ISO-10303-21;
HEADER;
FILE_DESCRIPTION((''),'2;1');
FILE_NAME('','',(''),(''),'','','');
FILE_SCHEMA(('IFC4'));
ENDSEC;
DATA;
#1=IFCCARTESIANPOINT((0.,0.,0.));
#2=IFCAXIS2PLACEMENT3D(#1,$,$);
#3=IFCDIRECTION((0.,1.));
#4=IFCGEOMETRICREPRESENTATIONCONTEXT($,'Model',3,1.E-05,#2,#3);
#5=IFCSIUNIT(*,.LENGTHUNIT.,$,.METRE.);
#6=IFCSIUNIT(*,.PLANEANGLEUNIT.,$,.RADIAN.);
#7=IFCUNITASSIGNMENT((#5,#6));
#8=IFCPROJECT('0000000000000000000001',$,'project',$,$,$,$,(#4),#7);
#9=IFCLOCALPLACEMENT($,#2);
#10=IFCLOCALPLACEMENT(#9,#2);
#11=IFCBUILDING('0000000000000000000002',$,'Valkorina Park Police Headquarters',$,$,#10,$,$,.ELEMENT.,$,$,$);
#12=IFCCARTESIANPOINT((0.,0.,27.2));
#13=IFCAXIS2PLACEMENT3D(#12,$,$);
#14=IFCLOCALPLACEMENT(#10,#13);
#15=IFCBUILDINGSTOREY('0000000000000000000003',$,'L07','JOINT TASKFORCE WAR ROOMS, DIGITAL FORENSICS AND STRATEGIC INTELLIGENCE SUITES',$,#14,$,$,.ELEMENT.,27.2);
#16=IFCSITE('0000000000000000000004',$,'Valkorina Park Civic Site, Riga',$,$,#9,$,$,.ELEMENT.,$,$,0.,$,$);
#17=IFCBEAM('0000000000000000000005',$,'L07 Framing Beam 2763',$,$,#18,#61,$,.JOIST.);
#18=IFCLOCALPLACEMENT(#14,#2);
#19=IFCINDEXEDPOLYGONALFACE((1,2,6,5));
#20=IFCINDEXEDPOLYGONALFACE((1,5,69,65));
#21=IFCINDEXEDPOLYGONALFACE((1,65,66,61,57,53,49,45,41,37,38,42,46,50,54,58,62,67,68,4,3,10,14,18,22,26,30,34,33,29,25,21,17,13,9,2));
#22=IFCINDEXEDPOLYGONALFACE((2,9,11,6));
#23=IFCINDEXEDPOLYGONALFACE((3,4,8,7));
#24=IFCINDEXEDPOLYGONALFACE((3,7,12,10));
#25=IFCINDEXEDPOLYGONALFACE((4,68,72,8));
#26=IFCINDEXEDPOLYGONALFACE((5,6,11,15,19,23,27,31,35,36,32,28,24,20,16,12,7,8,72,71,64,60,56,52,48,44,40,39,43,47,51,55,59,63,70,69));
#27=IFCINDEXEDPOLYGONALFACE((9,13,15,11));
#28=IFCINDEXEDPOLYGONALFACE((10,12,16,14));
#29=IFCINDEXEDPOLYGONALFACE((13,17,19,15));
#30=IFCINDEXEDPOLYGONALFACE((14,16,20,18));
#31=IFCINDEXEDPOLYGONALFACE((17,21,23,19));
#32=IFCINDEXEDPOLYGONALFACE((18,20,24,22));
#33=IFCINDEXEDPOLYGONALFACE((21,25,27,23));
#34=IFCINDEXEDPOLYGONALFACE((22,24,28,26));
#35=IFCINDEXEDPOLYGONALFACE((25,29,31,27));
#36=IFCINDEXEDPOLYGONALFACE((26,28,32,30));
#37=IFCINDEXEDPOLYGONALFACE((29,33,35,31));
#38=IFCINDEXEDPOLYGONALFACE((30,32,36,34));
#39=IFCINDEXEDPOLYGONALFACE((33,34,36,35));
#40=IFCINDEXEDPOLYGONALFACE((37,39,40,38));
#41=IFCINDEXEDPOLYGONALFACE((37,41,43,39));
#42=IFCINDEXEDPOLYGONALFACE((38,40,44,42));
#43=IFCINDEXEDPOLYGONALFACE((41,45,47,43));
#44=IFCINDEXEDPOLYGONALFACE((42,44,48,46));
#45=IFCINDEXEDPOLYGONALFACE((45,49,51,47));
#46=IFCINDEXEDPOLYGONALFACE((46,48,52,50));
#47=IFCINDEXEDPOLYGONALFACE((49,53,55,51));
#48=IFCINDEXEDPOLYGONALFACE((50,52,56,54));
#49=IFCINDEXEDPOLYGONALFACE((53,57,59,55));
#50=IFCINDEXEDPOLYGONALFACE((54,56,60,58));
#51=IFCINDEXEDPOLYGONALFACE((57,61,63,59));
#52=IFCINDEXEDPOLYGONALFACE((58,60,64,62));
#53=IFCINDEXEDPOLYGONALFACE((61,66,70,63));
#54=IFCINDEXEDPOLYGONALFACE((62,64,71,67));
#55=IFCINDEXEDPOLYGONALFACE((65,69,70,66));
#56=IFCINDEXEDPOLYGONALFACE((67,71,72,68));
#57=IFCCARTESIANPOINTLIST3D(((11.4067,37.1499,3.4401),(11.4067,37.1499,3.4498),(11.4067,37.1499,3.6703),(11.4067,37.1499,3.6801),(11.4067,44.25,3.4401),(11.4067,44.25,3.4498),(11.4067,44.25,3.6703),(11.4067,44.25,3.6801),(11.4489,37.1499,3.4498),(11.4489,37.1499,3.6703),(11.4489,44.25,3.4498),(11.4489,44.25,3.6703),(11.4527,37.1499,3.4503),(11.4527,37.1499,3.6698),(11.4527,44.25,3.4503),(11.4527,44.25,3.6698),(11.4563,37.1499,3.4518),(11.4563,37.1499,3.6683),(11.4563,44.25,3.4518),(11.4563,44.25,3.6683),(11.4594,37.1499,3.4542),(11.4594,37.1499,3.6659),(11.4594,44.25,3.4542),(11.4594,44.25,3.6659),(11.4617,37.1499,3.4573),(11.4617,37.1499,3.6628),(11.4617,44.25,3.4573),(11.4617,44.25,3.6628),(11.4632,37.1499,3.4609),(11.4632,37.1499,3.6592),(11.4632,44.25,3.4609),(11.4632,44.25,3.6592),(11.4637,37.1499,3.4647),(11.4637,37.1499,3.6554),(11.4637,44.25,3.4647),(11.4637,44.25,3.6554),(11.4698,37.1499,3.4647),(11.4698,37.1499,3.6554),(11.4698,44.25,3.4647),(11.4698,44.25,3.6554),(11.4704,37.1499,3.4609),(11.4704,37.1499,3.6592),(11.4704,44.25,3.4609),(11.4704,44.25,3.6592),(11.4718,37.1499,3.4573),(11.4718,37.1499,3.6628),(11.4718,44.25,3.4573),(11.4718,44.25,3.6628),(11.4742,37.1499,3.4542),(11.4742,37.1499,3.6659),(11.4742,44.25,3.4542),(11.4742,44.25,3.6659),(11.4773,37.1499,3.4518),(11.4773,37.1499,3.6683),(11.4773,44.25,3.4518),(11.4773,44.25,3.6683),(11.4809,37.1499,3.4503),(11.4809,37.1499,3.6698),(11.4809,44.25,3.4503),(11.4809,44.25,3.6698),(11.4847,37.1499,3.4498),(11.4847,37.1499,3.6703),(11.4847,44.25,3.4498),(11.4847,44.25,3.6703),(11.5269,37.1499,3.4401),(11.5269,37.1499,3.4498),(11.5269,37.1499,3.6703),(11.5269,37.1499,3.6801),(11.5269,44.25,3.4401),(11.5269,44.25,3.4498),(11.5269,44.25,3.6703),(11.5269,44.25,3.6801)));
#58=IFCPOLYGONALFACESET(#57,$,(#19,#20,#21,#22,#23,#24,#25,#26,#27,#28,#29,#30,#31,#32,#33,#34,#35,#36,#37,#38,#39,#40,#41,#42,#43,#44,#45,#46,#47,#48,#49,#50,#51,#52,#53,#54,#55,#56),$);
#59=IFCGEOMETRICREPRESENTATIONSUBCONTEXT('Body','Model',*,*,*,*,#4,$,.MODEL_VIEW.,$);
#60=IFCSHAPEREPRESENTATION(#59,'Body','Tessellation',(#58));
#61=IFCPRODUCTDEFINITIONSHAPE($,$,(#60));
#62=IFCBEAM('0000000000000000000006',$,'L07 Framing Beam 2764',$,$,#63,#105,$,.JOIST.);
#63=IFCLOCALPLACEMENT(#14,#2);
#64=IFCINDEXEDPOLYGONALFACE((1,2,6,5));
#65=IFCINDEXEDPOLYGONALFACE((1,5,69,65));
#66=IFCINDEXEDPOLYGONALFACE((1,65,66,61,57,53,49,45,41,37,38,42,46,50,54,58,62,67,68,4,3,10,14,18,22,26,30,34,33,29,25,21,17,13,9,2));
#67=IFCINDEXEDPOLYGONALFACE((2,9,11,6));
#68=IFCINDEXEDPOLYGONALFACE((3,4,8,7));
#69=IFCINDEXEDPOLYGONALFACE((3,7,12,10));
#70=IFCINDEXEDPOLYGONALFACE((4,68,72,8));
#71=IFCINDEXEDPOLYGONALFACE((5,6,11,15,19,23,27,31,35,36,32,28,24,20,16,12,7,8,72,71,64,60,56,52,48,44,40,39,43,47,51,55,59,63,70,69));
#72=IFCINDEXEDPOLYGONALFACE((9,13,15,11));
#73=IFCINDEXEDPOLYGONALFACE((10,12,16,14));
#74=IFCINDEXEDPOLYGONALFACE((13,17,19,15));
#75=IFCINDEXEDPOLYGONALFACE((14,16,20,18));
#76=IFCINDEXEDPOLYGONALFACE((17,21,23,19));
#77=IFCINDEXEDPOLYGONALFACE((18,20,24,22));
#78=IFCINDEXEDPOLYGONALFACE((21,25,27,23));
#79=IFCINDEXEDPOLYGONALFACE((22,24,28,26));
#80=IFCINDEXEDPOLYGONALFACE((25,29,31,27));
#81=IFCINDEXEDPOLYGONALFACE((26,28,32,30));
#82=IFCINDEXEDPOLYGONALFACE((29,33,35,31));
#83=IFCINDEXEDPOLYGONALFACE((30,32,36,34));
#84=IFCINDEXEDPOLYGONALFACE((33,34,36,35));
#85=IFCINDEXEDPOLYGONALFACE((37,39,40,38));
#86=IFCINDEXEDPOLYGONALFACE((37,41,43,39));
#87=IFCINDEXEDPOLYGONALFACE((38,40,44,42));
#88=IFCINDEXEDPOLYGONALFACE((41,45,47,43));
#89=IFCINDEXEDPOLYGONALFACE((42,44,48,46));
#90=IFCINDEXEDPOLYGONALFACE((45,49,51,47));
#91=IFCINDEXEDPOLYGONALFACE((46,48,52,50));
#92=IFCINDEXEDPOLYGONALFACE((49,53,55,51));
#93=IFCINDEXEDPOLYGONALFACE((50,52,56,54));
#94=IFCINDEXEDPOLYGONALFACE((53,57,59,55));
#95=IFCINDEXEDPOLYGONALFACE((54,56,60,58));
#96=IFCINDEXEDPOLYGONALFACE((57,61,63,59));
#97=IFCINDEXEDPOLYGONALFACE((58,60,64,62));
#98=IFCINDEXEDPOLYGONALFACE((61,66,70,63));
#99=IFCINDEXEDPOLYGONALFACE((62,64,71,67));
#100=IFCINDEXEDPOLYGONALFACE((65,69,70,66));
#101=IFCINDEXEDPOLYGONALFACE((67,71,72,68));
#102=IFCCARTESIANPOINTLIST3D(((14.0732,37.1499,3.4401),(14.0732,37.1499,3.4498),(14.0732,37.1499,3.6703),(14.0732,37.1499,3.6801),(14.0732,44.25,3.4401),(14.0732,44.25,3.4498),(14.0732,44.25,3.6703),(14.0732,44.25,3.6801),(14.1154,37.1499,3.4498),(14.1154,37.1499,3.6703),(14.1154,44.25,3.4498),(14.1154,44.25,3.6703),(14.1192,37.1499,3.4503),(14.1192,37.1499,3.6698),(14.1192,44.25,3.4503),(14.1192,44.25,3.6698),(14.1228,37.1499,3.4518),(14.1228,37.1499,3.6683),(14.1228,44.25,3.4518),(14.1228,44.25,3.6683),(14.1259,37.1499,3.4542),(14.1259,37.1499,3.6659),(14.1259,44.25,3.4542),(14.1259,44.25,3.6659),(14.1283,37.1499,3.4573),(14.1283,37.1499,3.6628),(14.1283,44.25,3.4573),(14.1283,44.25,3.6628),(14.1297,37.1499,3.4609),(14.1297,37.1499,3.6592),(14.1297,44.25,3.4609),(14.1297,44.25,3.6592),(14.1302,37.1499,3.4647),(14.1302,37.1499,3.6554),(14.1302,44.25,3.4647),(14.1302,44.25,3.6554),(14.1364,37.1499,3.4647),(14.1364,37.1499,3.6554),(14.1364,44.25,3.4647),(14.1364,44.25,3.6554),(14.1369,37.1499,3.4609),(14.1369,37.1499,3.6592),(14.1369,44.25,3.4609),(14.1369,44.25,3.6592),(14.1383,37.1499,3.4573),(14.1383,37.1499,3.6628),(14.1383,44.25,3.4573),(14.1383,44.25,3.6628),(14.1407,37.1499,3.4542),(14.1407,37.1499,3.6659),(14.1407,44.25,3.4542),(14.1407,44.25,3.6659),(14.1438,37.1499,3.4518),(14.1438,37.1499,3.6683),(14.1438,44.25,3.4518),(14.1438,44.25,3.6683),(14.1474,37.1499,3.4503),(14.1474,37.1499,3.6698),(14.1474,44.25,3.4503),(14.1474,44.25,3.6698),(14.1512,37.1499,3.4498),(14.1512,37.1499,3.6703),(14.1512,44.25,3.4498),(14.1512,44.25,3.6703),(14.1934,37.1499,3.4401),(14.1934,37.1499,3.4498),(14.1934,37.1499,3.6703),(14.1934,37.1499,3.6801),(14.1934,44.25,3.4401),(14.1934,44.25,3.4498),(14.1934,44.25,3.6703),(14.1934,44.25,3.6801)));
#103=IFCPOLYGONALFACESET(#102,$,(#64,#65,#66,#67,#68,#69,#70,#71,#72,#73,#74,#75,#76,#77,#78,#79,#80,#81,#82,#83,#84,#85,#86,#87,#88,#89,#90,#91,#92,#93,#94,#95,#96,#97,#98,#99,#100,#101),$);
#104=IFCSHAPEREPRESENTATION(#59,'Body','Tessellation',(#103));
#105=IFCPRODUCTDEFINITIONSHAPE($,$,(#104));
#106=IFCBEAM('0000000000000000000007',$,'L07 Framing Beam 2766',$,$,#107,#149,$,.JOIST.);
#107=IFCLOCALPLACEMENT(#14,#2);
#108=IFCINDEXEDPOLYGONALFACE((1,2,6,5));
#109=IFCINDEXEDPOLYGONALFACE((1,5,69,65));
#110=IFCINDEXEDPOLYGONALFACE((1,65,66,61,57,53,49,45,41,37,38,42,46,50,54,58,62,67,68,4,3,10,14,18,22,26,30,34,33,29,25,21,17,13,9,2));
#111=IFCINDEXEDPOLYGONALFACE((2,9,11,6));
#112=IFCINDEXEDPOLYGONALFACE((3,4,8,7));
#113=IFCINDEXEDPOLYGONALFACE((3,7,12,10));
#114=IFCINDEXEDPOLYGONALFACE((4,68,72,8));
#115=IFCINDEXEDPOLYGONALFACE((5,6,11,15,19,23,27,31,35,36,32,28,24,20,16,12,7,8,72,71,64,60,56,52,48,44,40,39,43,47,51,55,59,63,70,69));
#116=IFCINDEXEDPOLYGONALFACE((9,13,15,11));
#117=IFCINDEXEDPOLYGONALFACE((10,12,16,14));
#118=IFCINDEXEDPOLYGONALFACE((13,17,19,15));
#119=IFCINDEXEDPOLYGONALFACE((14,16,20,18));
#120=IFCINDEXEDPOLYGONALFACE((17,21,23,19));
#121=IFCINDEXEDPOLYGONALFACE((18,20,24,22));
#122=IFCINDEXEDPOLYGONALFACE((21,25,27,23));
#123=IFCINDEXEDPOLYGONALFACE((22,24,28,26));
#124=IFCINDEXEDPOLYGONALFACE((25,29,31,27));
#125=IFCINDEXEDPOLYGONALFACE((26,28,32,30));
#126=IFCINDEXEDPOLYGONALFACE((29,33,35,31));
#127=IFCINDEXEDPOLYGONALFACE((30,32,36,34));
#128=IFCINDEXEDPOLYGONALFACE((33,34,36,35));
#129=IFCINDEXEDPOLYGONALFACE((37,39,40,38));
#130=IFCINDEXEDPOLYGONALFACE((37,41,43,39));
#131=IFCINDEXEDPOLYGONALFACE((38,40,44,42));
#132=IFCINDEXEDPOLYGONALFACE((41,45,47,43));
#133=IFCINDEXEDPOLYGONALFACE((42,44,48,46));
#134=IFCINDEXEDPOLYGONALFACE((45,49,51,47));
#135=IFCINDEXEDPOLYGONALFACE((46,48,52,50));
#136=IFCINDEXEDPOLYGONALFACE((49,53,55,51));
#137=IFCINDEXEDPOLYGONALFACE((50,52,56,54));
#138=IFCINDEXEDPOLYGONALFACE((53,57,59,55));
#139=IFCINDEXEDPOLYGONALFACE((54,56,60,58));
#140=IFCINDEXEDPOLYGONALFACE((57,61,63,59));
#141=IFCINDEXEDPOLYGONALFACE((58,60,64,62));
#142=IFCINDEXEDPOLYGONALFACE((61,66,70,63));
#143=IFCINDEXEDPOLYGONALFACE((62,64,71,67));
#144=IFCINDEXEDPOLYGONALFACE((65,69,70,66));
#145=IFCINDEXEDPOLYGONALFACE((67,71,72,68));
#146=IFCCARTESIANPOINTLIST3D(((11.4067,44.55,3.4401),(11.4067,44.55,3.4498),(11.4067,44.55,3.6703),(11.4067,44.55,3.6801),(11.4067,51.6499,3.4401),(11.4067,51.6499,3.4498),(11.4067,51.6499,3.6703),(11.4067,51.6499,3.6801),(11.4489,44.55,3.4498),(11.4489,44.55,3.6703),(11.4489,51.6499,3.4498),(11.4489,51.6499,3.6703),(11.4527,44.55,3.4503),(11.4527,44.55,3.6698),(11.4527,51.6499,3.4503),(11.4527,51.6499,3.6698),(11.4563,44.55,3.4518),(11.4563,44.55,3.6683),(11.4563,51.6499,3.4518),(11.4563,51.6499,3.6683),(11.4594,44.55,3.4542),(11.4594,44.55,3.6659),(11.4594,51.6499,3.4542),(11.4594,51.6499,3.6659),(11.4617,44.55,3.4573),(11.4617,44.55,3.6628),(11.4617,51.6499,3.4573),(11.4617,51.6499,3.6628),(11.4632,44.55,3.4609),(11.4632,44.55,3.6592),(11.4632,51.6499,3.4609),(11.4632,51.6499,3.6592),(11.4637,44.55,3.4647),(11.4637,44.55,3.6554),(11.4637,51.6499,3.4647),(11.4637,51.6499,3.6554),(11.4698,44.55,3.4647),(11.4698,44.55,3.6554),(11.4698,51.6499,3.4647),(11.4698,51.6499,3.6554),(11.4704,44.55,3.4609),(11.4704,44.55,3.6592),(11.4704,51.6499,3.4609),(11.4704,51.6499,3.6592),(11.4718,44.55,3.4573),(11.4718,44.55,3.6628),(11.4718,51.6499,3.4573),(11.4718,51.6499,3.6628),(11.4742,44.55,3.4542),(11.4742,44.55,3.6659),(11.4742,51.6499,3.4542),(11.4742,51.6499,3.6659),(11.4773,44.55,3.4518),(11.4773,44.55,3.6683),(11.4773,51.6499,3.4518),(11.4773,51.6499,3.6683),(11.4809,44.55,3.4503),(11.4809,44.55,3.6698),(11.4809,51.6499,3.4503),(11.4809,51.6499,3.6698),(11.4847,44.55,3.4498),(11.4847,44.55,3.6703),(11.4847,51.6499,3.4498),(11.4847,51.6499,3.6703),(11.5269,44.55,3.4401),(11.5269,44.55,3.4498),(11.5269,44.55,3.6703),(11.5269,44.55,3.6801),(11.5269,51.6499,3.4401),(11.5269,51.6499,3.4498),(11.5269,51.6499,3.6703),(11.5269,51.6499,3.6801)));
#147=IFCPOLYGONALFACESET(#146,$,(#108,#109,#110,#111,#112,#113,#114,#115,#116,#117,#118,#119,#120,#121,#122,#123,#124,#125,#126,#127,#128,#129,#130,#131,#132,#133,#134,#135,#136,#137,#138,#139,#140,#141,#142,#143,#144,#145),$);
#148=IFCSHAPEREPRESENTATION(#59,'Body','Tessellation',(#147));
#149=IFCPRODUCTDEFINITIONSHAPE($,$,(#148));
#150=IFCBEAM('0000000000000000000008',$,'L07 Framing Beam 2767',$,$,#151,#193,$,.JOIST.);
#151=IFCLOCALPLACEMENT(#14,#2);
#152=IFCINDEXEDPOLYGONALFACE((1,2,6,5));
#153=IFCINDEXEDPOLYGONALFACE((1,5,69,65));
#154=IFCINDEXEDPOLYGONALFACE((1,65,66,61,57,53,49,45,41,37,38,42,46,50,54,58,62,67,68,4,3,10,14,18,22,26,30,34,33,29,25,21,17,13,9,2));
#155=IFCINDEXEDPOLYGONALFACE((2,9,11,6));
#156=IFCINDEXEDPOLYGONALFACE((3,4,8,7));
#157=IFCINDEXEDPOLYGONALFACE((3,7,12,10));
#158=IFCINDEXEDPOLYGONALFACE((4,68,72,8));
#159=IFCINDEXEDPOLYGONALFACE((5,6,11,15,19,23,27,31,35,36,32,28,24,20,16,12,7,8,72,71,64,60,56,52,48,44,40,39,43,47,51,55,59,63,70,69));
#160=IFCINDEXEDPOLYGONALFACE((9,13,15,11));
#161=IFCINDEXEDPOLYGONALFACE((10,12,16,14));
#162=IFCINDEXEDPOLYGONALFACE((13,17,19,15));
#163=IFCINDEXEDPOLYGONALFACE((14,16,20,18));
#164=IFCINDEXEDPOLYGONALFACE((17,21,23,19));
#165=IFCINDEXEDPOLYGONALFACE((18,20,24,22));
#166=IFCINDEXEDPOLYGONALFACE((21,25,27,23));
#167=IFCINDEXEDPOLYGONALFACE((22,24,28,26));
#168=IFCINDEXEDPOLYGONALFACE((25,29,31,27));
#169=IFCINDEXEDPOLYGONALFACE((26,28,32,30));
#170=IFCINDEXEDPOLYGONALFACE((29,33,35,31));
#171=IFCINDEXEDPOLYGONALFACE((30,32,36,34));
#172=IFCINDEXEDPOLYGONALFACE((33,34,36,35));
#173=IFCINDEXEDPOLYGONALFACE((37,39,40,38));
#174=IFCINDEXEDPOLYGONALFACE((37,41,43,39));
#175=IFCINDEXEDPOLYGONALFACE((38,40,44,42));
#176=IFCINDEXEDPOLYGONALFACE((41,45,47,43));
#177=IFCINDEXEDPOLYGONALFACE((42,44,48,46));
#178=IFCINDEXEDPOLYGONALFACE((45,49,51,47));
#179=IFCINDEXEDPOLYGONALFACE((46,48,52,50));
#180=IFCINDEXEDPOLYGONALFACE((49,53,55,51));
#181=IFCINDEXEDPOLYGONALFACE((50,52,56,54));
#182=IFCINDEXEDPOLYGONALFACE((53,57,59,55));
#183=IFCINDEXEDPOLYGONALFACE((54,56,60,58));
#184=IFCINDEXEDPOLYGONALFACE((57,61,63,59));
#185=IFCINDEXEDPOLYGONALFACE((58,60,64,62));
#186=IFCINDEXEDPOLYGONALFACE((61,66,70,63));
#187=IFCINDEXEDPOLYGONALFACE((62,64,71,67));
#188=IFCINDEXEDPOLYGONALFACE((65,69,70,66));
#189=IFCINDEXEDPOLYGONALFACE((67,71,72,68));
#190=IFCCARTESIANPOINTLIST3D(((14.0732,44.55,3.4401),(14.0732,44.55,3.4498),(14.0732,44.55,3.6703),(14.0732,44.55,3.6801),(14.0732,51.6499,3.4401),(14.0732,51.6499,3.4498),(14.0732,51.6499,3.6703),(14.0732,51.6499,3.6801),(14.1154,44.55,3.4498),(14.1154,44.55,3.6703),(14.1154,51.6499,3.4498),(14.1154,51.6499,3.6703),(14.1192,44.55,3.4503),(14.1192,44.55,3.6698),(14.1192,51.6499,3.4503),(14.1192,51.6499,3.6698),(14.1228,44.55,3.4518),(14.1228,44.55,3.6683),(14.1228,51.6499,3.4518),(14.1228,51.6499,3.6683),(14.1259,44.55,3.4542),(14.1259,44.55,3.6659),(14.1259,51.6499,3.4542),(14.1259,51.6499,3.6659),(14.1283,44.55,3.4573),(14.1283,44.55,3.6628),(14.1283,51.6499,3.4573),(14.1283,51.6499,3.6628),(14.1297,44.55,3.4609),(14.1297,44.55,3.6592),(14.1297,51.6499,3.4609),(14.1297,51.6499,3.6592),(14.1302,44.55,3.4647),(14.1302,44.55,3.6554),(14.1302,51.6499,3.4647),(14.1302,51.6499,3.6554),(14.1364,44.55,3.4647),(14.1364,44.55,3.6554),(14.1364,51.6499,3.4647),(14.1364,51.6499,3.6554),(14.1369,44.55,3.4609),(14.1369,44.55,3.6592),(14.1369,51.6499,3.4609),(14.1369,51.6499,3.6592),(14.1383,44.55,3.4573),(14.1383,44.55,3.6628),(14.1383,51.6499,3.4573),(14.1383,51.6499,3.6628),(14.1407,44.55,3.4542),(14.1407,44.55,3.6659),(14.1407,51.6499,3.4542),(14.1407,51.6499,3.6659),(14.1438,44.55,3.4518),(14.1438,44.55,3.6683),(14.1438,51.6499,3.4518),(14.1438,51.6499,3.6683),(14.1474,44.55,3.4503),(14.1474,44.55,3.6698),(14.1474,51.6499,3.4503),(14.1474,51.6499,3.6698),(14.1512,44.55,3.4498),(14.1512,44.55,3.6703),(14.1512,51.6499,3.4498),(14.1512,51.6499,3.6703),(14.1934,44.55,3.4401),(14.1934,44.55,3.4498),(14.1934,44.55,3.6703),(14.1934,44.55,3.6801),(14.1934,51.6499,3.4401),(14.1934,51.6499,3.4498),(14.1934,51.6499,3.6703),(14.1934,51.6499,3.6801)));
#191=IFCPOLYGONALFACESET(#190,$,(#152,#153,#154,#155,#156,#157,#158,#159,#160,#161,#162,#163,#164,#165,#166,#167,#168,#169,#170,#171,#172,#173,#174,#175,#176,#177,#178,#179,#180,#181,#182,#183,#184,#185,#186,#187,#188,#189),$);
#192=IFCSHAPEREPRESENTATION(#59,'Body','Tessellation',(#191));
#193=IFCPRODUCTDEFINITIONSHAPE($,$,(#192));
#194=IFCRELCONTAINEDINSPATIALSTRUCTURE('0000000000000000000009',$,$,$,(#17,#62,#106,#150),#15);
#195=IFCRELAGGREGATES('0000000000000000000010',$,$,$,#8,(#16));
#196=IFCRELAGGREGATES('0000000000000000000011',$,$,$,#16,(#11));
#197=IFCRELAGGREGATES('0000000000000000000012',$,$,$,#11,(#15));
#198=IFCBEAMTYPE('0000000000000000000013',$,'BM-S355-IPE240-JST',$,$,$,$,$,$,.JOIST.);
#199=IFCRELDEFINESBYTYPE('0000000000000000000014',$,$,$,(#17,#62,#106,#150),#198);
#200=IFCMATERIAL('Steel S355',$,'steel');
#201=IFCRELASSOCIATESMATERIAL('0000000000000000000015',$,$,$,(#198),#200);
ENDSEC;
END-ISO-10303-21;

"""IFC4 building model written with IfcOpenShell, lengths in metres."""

from ifc_helpers import new_model, si_unit, direction, frame, origin, origin_2d, place, context, subcontext, project, spatial, i_section, extrude, material, material_profile, profile_set, type_object, element, save


model = new_model("IFC4")

# Units and contexts
model_context = context("Model", 3, precision=1e-05, world=origin(), true_north=direction((0.0, 1.0)))
body_context = subcontext(model_context, "Body", "Model", "MODEL_VIEW")
ifc_project = project(units=[si_unit("LENGTHUNIT", "METRE"), si_unit("PLANEANGLEUNIT", "RADIAN")], contexts=[model_context])

# Site, building, storey
site_placement = place(None, origin())
site = spatial("IfcSite", under=ifc_project, at=site_placement, Name="Valkorina Park Civic Site, Riga", CompositionType="ELEMENT", RefElevation=0.0)
building_placement = place(site_placement, origin())
building = spatial("IfcBuilding", under=site, at=building_placement, Name="Valkorina Park Police Headquarters", CompositionType="ELEMENT")
storey_placement = place(building_placement, frame((0.0, 0.0, 27.2)))
storey = spatial("IfcBuildingStorey", under=building, at=storey_placement, Name="L07", Description="JOINT TASKFORCE WAR ROOMS, DIGITAL FORENSICS AND STRATEGIC INTELLIGENCE SUITES", CompositionType="ELEMENT", Elevation=27.2)

# Shared definitions
ifc_material_1 = material(Name="Steel S355", Category="steel")

# Beams
ifc_material_profile_1 = material_profile(ifc_material_1, i_section(OverallWidth=0.1201, OverallDepth=0.24, WebThickness=0.0061, FlangeThickness=0.0098, FilletRadius=0.0149, at=origin_2d()), Name="IPE 240")
ifc_profile_set_1 = profile_set([ifc_material_profile_1], Name="Steel S355")
beam_type_1 = type_object("IfcBeamType", Name="BM-S355-IPE240-JST", PredefinedType="JOIST", material=ifc_profile_set_1)
for number, where, z_axis, x_axis, name in (
    (1, (11.4668, 37.1499, 3.5601), (0.0, 1.0, 0.0), (-1.0, 0.0, 0.0), "L07 Framing Beam 2763"),
    (2, (14.1333, 37.1499, 3.5601), (0.0, 1.0, 0.0), (-1.0, 0.0, 0.0), "L07 Framing Beam 2764"),
):
    element("IfcBeam", number, at=place(storey_placement, frame(where, z_axis=z_axis, x_axis=x_axis)), inside=storey, type_object=beam_type_1, Name=name, PredefinedType="JOIST", context=body_context, shape_type="SweptSolid", body=[
        extrude(i_section(OverallWidth=0.1201, OverallDepth=0.24, WebThickness=0.0061, FlangeThickness=0.0098, FilletRadius=0.0149, at=origin_2d()), origin(), (0.0, 0.0, 1.0), 7.1001),
    ])
for number, where, z_axis, x_axis, name in (
    (3, (11.4668, 44.55, 3.5601), (0.0, 1.0, 0.0), (-1.0, 0.0, 0.0), "L07 Framing Beam 2766"),
    (4, (14.1333, 44.55, 3.5601), (0.0, 1.0, 0.0), (-1.0, 0.0, 0.0), "L07 Framing Beam 2767"),
):
    element("IfcBeam", number, at=place(storey_placement, frame(where, z_axis=z_axis, x_axis=x_axis)), inside=storey, type_object=beam_type_1, Name=name, PredefinedType="JOIST", context=body_context, shape_type="SweptSolid", body=[
        extrude(i_section(OverallWidth=0.1201, OverallDepth=0.24, WebThickness=0.0061, FlangeThickness=0.0098, FilletRadius=0.0149, at=origin_2d()), origin(), (0.0, 0.0, 1.0), 7.0999),
    ])

save(model, "model.ifc")
